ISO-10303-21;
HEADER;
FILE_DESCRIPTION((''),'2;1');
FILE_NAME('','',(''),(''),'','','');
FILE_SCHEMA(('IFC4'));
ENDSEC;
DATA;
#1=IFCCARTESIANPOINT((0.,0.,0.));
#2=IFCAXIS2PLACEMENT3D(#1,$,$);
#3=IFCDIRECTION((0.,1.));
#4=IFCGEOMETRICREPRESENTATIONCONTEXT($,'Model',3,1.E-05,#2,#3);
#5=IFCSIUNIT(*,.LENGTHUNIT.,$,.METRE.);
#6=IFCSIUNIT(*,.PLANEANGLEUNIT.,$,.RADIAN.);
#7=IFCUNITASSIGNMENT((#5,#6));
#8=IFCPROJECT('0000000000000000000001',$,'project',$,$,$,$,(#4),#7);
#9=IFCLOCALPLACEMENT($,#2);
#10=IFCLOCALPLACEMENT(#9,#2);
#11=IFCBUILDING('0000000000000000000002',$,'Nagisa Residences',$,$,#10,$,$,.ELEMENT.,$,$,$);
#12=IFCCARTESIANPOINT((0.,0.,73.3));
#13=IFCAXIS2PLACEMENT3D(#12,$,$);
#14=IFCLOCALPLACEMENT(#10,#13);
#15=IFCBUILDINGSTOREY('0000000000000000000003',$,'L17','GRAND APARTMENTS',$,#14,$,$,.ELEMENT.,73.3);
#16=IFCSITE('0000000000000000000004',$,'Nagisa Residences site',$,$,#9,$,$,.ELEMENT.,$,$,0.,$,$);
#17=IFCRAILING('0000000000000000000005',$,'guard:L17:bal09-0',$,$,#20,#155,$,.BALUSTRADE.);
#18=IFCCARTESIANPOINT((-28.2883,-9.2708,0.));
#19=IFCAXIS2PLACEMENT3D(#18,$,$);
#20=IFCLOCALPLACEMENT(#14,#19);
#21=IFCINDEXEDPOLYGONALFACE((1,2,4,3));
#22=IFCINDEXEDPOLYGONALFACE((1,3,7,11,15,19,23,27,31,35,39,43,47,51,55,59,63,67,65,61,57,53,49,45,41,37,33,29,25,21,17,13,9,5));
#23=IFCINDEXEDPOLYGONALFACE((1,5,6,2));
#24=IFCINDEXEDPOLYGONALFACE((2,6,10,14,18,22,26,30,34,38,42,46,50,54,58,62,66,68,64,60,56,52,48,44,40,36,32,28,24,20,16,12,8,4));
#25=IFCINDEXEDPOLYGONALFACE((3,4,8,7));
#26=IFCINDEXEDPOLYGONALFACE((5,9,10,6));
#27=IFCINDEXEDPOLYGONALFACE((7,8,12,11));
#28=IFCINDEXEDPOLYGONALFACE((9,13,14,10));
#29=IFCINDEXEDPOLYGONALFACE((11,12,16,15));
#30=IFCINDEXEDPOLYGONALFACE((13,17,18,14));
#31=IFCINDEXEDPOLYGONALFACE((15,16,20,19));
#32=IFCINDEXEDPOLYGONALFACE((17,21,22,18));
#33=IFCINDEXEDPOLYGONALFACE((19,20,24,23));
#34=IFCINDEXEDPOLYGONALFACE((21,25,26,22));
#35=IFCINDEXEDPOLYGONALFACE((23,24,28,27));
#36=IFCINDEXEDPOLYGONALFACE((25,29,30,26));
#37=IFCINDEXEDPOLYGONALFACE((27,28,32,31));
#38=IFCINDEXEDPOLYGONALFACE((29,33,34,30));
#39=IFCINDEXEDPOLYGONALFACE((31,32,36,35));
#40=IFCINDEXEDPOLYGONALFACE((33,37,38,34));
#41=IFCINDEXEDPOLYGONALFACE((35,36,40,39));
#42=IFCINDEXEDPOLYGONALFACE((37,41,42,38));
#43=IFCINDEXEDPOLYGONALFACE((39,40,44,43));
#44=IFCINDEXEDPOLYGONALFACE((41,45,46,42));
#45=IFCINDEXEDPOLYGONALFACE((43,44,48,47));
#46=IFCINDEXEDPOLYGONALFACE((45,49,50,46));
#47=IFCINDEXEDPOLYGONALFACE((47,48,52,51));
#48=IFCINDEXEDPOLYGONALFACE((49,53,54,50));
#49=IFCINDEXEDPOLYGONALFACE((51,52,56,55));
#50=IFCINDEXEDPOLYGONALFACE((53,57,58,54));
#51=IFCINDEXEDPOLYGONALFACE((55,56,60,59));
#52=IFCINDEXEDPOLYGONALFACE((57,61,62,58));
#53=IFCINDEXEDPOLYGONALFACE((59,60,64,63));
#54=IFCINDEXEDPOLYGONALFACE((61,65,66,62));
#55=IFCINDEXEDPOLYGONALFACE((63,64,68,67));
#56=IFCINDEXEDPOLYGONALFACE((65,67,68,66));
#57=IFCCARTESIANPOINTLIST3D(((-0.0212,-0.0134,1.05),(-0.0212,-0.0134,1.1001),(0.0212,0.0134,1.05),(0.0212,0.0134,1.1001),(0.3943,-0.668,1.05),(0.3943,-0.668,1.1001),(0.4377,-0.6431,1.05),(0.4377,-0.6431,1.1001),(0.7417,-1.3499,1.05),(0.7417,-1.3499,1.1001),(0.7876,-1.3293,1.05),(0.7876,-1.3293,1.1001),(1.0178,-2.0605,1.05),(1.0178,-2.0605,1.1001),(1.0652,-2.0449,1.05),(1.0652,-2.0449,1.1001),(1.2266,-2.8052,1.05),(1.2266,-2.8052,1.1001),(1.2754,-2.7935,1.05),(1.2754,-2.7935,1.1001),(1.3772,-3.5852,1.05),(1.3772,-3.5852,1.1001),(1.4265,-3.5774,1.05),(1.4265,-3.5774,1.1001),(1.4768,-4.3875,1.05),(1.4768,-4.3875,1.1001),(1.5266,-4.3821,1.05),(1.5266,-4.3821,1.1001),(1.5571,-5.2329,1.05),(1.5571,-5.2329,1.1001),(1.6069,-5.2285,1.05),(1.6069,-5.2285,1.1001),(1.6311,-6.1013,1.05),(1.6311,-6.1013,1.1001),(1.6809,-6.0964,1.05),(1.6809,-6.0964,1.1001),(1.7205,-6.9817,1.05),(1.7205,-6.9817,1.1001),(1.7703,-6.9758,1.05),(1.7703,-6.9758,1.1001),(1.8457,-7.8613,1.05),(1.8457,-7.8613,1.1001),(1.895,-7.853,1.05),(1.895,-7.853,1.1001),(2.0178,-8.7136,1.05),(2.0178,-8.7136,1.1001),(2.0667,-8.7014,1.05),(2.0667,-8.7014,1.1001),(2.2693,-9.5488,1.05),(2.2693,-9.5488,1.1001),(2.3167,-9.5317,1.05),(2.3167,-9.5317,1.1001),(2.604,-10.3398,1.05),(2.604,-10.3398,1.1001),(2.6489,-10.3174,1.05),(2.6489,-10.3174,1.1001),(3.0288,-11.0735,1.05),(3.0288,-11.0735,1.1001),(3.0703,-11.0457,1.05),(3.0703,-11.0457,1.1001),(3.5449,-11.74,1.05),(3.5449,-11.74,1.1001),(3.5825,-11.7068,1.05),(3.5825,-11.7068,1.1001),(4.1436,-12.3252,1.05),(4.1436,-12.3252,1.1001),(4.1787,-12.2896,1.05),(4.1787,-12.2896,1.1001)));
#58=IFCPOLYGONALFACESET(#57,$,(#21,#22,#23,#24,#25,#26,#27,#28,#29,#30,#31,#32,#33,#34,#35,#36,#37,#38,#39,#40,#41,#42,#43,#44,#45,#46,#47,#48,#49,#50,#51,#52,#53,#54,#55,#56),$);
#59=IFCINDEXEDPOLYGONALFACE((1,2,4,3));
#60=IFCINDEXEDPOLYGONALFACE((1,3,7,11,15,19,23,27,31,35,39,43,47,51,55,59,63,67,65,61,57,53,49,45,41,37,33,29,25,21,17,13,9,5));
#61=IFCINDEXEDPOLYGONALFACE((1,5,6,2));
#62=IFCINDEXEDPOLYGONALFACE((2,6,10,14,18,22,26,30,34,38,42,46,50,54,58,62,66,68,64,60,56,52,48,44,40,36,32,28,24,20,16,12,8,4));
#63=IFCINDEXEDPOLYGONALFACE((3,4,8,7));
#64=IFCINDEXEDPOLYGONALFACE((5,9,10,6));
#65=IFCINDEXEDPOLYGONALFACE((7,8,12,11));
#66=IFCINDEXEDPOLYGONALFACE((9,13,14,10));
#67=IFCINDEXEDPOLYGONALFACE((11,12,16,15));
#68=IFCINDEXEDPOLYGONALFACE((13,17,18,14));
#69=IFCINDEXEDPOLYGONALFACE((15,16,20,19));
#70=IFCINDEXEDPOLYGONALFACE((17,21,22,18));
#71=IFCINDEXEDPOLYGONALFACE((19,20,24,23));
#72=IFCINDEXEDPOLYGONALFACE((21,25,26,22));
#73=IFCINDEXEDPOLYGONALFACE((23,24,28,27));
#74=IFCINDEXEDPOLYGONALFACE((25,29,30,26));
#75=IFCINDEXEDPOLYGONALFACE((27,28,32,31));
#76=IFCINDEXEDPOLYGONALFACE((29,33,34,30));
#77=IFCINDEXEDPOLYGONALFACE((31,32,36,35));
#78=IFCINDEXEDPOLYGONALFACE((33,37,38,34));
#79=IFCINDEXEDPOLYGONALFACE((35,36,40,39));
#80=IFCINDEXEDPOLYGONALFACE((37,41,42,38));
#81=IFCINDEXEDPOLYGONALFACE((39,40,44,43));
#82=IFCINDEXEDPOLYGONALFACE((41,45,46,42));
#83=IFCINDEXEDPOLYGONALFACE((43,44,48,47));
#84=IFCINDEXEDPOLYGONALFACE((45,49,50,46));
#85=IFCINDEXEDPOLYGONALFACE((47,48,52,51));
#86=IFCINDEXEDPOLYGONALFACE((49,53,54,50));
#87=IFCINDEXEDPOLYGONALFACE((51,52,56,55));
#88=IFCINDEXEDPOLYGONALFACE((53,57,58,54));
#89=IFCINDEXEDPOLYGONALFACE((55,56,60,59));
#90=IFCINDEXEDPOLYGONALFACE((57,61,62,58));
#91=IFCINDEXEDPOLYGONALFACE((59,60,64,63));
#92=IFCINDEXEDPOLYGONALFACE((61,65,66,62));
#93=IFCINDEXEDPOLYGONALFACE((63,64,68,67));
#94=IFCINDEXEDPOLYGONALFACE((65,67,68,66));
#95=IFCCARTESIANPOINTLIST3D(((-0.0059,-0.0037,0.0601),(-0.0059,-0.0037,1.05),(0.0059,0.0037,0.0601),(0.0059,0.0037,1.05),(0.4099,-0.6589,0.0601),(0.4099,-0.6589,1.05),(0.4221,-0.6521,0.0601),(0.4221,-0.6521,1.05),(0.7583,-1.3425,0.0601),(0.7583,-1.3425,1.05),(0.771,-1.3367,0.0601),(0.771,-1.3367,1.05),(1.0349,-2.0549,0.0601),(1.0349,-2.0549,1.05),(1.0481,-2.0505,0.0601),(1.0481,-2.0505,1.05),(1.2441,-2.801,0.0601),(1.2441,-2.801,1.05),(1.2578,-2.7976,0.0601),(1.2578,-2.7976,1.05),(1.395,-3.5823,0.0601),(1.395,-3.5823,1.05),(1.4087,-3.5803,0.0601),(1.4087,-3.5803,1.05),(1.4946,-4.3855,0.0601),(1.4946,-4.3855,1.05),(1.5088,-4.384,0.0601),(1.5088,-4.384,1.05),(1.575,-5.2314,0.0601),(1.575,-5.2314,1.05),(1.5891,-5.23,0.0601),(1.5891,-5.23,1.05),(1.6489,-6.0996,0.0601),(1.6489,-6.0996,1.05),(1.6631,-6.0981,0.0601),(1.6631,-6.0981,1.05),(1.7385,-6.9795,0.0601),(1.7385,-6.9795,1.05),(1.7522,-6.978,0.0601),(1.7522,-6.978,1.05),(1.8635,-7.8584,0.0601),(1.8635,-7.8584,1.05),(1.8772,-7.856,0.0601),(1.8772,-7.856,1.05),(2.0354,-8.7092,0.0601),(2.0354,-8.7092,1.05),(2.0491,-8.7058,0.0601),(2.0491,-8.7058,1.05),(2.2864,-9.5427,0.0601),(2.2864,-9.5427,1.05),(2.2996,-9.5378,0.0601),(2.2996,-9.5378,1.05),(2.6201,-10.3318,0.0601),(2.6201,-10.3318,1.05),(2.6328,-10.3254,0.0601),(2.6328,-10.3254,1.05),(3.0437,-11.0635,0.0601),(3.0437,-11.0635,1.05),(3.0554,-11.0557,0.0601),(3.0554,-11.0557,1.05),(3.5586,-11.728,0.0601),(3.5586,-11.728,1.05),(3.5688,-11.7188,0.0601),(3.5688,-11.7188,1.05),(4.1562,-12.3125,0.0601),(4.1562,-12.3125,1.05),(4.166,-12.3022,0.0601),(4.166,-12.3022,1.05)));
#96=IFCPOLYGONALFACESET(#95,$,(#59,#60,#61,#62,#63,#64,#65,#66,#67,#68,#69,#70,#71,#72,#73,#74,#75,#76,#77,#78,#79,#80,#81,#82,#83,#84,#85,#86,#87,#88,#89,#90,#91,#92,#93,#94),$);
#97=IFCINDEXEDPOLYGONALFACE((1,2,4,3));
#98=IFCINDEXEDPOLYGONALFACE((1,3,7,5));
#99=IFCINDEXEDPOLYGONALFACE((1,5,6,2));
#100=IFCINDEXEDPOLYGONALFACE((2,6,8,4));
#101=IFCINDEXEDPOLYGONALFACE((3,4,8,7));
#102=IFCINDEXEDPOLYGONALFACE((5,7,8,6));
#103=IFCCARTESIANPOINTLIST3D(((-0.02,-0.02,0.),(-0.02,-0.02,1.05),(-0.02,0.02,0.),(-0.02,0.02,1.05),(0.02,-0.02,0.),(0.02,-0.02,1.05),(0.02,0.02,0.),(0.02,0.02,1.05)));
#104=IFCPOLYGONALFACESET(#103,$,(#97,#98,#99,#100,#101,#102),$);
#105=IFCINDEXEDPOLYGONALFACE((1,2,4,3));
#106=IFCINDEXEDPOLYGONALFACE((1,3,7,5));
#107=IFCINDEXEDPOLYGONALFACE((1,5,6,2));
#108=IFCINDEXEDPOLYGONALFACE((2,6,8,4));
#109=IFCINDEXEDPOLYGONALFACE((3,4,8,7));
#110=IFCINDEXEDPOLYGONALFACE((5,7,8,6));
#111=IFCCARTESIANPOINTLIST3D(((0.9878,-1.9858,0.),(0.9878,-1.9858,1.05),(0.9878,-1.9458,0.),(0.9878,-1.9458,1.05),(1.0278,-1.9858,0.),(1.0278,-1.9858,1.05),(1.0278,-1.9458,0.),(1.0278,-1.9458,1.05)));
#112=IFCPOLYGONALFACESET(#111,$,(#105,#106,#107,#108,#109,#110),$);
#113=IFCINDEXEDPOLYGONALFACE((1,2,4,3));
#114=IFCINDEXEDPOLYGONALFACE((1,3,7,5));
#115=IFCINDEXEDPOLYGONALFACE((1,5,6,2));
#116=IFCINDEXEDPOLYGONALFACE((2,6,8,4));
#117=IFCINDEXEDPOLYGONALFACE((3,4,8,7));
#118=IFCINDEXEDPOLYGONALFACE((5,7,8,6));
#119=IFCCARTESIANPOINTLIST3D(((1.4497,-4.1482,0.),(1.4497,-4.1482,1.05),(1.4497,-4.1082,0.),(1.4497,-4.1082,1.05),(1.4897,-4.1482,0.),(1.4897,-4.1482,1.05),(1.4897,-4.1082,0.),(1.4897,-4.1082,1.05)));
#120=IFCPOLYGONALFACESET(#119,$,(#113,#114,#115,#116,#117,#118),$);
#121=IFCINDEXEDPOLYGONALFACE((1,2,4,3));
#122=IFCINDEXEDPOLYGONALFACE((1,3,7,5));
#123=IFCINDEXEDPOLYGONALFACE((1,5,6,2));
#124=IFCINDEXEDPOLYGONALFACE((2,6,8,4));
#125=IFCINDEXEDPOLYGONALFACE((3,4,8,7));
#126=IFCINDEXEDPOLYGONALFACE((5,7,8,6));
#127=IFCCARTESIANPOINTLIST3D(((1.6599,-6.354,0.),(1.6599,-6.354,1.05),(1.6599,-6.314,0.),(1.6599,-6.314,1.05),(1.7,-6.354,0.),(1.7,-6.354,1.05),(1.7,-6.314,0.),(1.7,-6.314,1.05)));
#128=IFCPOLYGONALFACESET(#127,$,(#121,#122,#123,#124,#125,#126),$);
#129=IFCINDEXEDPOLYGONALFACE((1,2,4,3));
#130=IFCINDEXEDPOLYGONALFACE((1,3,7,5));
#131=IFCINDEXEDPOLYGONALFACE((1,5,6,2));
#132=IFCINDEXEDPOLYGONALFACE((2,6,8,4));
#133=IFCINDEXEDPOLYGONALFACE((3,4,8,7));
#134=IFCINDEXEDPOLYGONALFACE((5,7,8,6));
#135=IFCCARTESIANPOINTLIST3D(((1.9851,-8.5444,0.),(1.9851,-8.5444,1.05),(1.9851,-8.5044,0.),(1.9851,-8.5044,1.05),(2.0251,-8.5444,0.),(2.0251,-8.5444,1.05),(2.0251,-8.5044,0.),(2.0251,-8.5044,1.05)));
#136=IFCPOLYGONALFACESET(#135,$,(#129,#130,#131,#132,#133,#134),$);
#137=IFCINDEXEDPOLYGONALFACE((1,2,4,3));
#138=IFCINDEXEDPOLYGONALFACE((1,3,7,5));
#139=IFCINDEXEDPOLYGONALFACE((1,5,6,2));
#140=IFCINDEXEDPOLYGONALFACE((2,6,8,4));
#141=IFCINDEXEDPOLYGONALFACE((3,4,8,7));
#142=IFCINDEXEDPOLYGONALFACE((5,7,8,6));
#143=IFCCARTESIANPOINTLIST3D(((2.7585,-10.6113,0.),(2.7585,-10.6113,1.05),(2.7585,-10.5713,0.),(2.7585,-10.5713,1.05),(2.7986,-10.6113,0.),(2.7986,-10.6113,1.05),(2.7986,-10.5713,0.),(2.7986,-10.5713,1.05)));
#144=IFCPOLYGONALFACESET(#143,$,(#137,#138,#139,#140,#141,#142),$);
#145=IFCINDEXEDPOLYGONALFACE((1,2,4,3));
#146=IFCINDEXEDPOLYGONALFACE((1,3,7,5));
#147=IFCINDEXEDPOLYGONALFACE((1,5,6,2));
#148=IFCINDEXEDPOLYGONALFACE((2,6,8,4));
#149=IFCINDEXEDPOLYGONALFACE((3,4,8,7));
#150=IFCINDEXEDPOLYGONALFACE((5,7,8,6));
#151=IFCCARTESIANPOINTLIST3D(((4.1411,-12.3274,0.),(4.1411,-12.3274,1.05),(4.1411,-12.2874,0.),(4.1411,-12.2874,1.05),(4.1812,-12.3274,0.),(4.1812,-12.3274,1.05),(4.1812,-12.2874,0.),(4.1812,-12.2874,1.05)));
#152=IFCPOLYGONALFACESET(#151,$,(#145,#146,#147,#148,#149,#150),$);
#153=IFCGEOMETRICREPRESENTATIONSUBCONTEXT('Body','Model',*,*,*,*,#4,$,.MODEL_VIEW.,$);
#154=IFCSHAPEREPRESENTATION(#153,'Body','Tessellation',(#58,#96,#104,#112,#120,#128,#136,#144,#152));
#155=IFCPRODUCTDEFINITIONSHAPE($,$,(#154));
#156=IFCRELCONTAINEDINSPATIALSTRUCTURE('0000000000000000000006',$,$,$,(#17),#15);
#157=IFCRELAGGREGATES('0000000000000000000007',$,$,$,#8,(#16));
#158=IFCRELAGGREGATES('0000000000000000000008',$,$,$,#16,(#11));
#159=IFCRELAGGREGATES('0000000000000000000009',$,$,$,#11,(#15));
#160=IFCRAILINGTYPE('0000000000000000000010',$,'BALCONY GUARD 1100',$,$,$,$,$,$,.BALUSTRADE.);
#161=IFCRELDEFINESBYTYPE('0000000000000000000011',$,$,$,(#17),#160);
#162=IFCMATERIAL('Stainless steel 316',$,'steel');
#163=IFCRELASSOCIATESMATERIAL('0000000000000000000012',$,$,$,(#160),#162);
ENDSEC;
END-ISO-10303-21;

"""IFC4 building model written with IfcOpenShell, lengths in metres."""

from ifc_helpers import new_model, si_unit, direction, frame, origin, origin_2d, place, context, subcontext, project, spatial, polyline, rectangle, outline, extrude, material, type_object, element, save


model = new_model("IFC4")

# Units and contexts
model_context = context("Model", 3, precision=1e-05, world=origin(), true_north=direction((0.0, 1.0)))
body_context = subcontext(model_context, "Body", "Model", "MODEL_VIEW")
ifc_project = project(units=[si_unit("LENGTHUNIT", "METRE"), si_unit("PLANEANGLEUNIT", "RADIAN")], contexts=[model_context])

# Site, building, storey
site_placement = place(None, origin())
site = spatial("IfcSite", under=ifc_project, at=site_placement, Name="Nagisa Residences site", CompositionType="ELEMENT", RefElevation=0.0)
building_placement = place(site_placement, origin())
building = spatial("IfcBuilding", under=site, at=building_placement, Name="Nagisa Residences", CompositionType="ELEMENT")
storey_placement = place(building_placement, frame((0.0, 0.0, 73.3)))
storey = spatial("IfcBuildingStorey", under=building, at=storey_placement, Name="L17", Description="GRAND APARTMENTS", CompositionType="ELEMENT", Elevation=73.3)

# Railing
ifc_material_1 = material(Name="Stainless steel 316", Category="steel")
railing_type = type_object("IfcRailingType", Name="BALCONY GUARD 1100", PredefinedType="BALUSTRADE", material=ifc_material_1)
railing_placement = place(storey_placement, frame((-28.2883, -9.2708, 0.0)))
element("IfcRailing", 1, at=railing_placement, inside=storey, type_object=railing_type, Name="guard:L17:bal09-0", PredefinedType="BALUSTRADE", context=body_context, shape_type="SweptSolid", body=[
    extrude(outline(polyline([(0.4377, -0.6431), (0.0212, 0.0134), (-0.0212, -0.0134), (0.3943, -0.668), (0.7417, -1.3499), (1.0178, -2.0605), (1.2266, -2.8052), (1.3772, -3.5852), (1.4768, -4.3875), (1.5571, -5.2329), (1.6311, -6.1013), (1.7205, -6.9817), (1.8457, -7.8613), (2.0178, -8.7136), (2.2693, -9.5488), (2.604, -10.3398), (3.0288, -11.0735), (3.5449, -11.74), (4.1436, -12.3252), (4.1787, -12.2896), (3.5825, -11.7068), (3.0703, -11.0457), (2.6489, -10.3174), (2.3167, -9.5317), (2.0667, -8.7014), (1.895, -7.853), (1.7703, -6.9758), (1.6809, -6.0964), (1.6069, -5.2285), (1.5266, -4.3821), (1.4265, -3.5774), (1.2754, -2.7935), (1.0652, -2.0449), (0.7876, -1.3293), (0.4377, -0.6431)])), frame((0.0, 0.0, 1.05)), (0.0, 0.0, 1.0), 0.05),
    extrude(outline(polyline([(0.4221, -0.6521), (0.0059, 0.0037), (-0.0059, -0.0037), (0.4099, -0.6589), (0.7583, -1.3425), (1.0349, -2.0549), (1.2441, -2.801), (1.395, -3.5823), (1.4946, -4.3855), (1.575, -5.2314), (1.6489, -6.0996), (1.7385, -6.9795), (1.8635, -7.8584), (2.0354, -8.7092), (2.2864, -9.5427), (2.6201, -10.3318), (3.0437, -11.0635), (3.5586, -11.728), (4.1562, -12.3125), (4.166, -12.3022), (3.5688, -11.7188), (3.0554, -11.0557), (2.6328, -10.3254), (2.2996, -9.5378), (2.0491, -8.7058), (1.8772, -7.856), (1.7522, -6.978), (1.6631, -6.0981), (1.5891, -5.23), (1.5088, -4.384), (1.4087, -3.5803), (1.2578, -2.7976), (1.0481, -2.0505), (0.771, -1.3367), (0.4221, -0.6521)])), frame((0.0, 0.0, 0.0601)), (0.0, 0.0, 1.0), 0.99),
    extrude(rectangle(XDim=0.04, YDim=0.04, at=origin_2d()), origin(), (0.0, 0.0, 1.0), 1.05),
    extrude(rectangle(XDim=0.04, YDim=0.04, at=origin_2d()), frame((1.0078, -1.9658, 0.0)), (0.0, 0.0, 1.0), 1.05),
    extrude(rectangle(XDim=0.04, YDim=0.04, at=origin_2d()), frame((1.4697, -4.1282, 0.0)), (0.0, 0.0, 1.0), 1.05),
    extrude(rectangle(XDim=0.04, YDim=0.04, at=origin_2d()), frame((1.6799, -6.334, 0.0)), (0.0, 0.0, 1.0), 1.05),
    extrude(rectangle(XDim=0.04, YDim=0.04, at=origin_2d()), frame((2.0051, -8.5244, 0.0)), (0.0, 0.0, 1.0), 1.05),
    extrude(rectangle(XDim=0.04, YDim=0.04, at=origin_2d()), frame((2.7786, -10.5913, 0.0)), (0.0, 0.0, 1.0), 1.05),
    extrude(rectangle(XDim=0.04, YDim=0.04, at=origin_2d()), frame((4.1611, -12.3074, 0.0)), (0.0, 0.0, 1.0), 1.05),
])

save(model, "model.ifc")
